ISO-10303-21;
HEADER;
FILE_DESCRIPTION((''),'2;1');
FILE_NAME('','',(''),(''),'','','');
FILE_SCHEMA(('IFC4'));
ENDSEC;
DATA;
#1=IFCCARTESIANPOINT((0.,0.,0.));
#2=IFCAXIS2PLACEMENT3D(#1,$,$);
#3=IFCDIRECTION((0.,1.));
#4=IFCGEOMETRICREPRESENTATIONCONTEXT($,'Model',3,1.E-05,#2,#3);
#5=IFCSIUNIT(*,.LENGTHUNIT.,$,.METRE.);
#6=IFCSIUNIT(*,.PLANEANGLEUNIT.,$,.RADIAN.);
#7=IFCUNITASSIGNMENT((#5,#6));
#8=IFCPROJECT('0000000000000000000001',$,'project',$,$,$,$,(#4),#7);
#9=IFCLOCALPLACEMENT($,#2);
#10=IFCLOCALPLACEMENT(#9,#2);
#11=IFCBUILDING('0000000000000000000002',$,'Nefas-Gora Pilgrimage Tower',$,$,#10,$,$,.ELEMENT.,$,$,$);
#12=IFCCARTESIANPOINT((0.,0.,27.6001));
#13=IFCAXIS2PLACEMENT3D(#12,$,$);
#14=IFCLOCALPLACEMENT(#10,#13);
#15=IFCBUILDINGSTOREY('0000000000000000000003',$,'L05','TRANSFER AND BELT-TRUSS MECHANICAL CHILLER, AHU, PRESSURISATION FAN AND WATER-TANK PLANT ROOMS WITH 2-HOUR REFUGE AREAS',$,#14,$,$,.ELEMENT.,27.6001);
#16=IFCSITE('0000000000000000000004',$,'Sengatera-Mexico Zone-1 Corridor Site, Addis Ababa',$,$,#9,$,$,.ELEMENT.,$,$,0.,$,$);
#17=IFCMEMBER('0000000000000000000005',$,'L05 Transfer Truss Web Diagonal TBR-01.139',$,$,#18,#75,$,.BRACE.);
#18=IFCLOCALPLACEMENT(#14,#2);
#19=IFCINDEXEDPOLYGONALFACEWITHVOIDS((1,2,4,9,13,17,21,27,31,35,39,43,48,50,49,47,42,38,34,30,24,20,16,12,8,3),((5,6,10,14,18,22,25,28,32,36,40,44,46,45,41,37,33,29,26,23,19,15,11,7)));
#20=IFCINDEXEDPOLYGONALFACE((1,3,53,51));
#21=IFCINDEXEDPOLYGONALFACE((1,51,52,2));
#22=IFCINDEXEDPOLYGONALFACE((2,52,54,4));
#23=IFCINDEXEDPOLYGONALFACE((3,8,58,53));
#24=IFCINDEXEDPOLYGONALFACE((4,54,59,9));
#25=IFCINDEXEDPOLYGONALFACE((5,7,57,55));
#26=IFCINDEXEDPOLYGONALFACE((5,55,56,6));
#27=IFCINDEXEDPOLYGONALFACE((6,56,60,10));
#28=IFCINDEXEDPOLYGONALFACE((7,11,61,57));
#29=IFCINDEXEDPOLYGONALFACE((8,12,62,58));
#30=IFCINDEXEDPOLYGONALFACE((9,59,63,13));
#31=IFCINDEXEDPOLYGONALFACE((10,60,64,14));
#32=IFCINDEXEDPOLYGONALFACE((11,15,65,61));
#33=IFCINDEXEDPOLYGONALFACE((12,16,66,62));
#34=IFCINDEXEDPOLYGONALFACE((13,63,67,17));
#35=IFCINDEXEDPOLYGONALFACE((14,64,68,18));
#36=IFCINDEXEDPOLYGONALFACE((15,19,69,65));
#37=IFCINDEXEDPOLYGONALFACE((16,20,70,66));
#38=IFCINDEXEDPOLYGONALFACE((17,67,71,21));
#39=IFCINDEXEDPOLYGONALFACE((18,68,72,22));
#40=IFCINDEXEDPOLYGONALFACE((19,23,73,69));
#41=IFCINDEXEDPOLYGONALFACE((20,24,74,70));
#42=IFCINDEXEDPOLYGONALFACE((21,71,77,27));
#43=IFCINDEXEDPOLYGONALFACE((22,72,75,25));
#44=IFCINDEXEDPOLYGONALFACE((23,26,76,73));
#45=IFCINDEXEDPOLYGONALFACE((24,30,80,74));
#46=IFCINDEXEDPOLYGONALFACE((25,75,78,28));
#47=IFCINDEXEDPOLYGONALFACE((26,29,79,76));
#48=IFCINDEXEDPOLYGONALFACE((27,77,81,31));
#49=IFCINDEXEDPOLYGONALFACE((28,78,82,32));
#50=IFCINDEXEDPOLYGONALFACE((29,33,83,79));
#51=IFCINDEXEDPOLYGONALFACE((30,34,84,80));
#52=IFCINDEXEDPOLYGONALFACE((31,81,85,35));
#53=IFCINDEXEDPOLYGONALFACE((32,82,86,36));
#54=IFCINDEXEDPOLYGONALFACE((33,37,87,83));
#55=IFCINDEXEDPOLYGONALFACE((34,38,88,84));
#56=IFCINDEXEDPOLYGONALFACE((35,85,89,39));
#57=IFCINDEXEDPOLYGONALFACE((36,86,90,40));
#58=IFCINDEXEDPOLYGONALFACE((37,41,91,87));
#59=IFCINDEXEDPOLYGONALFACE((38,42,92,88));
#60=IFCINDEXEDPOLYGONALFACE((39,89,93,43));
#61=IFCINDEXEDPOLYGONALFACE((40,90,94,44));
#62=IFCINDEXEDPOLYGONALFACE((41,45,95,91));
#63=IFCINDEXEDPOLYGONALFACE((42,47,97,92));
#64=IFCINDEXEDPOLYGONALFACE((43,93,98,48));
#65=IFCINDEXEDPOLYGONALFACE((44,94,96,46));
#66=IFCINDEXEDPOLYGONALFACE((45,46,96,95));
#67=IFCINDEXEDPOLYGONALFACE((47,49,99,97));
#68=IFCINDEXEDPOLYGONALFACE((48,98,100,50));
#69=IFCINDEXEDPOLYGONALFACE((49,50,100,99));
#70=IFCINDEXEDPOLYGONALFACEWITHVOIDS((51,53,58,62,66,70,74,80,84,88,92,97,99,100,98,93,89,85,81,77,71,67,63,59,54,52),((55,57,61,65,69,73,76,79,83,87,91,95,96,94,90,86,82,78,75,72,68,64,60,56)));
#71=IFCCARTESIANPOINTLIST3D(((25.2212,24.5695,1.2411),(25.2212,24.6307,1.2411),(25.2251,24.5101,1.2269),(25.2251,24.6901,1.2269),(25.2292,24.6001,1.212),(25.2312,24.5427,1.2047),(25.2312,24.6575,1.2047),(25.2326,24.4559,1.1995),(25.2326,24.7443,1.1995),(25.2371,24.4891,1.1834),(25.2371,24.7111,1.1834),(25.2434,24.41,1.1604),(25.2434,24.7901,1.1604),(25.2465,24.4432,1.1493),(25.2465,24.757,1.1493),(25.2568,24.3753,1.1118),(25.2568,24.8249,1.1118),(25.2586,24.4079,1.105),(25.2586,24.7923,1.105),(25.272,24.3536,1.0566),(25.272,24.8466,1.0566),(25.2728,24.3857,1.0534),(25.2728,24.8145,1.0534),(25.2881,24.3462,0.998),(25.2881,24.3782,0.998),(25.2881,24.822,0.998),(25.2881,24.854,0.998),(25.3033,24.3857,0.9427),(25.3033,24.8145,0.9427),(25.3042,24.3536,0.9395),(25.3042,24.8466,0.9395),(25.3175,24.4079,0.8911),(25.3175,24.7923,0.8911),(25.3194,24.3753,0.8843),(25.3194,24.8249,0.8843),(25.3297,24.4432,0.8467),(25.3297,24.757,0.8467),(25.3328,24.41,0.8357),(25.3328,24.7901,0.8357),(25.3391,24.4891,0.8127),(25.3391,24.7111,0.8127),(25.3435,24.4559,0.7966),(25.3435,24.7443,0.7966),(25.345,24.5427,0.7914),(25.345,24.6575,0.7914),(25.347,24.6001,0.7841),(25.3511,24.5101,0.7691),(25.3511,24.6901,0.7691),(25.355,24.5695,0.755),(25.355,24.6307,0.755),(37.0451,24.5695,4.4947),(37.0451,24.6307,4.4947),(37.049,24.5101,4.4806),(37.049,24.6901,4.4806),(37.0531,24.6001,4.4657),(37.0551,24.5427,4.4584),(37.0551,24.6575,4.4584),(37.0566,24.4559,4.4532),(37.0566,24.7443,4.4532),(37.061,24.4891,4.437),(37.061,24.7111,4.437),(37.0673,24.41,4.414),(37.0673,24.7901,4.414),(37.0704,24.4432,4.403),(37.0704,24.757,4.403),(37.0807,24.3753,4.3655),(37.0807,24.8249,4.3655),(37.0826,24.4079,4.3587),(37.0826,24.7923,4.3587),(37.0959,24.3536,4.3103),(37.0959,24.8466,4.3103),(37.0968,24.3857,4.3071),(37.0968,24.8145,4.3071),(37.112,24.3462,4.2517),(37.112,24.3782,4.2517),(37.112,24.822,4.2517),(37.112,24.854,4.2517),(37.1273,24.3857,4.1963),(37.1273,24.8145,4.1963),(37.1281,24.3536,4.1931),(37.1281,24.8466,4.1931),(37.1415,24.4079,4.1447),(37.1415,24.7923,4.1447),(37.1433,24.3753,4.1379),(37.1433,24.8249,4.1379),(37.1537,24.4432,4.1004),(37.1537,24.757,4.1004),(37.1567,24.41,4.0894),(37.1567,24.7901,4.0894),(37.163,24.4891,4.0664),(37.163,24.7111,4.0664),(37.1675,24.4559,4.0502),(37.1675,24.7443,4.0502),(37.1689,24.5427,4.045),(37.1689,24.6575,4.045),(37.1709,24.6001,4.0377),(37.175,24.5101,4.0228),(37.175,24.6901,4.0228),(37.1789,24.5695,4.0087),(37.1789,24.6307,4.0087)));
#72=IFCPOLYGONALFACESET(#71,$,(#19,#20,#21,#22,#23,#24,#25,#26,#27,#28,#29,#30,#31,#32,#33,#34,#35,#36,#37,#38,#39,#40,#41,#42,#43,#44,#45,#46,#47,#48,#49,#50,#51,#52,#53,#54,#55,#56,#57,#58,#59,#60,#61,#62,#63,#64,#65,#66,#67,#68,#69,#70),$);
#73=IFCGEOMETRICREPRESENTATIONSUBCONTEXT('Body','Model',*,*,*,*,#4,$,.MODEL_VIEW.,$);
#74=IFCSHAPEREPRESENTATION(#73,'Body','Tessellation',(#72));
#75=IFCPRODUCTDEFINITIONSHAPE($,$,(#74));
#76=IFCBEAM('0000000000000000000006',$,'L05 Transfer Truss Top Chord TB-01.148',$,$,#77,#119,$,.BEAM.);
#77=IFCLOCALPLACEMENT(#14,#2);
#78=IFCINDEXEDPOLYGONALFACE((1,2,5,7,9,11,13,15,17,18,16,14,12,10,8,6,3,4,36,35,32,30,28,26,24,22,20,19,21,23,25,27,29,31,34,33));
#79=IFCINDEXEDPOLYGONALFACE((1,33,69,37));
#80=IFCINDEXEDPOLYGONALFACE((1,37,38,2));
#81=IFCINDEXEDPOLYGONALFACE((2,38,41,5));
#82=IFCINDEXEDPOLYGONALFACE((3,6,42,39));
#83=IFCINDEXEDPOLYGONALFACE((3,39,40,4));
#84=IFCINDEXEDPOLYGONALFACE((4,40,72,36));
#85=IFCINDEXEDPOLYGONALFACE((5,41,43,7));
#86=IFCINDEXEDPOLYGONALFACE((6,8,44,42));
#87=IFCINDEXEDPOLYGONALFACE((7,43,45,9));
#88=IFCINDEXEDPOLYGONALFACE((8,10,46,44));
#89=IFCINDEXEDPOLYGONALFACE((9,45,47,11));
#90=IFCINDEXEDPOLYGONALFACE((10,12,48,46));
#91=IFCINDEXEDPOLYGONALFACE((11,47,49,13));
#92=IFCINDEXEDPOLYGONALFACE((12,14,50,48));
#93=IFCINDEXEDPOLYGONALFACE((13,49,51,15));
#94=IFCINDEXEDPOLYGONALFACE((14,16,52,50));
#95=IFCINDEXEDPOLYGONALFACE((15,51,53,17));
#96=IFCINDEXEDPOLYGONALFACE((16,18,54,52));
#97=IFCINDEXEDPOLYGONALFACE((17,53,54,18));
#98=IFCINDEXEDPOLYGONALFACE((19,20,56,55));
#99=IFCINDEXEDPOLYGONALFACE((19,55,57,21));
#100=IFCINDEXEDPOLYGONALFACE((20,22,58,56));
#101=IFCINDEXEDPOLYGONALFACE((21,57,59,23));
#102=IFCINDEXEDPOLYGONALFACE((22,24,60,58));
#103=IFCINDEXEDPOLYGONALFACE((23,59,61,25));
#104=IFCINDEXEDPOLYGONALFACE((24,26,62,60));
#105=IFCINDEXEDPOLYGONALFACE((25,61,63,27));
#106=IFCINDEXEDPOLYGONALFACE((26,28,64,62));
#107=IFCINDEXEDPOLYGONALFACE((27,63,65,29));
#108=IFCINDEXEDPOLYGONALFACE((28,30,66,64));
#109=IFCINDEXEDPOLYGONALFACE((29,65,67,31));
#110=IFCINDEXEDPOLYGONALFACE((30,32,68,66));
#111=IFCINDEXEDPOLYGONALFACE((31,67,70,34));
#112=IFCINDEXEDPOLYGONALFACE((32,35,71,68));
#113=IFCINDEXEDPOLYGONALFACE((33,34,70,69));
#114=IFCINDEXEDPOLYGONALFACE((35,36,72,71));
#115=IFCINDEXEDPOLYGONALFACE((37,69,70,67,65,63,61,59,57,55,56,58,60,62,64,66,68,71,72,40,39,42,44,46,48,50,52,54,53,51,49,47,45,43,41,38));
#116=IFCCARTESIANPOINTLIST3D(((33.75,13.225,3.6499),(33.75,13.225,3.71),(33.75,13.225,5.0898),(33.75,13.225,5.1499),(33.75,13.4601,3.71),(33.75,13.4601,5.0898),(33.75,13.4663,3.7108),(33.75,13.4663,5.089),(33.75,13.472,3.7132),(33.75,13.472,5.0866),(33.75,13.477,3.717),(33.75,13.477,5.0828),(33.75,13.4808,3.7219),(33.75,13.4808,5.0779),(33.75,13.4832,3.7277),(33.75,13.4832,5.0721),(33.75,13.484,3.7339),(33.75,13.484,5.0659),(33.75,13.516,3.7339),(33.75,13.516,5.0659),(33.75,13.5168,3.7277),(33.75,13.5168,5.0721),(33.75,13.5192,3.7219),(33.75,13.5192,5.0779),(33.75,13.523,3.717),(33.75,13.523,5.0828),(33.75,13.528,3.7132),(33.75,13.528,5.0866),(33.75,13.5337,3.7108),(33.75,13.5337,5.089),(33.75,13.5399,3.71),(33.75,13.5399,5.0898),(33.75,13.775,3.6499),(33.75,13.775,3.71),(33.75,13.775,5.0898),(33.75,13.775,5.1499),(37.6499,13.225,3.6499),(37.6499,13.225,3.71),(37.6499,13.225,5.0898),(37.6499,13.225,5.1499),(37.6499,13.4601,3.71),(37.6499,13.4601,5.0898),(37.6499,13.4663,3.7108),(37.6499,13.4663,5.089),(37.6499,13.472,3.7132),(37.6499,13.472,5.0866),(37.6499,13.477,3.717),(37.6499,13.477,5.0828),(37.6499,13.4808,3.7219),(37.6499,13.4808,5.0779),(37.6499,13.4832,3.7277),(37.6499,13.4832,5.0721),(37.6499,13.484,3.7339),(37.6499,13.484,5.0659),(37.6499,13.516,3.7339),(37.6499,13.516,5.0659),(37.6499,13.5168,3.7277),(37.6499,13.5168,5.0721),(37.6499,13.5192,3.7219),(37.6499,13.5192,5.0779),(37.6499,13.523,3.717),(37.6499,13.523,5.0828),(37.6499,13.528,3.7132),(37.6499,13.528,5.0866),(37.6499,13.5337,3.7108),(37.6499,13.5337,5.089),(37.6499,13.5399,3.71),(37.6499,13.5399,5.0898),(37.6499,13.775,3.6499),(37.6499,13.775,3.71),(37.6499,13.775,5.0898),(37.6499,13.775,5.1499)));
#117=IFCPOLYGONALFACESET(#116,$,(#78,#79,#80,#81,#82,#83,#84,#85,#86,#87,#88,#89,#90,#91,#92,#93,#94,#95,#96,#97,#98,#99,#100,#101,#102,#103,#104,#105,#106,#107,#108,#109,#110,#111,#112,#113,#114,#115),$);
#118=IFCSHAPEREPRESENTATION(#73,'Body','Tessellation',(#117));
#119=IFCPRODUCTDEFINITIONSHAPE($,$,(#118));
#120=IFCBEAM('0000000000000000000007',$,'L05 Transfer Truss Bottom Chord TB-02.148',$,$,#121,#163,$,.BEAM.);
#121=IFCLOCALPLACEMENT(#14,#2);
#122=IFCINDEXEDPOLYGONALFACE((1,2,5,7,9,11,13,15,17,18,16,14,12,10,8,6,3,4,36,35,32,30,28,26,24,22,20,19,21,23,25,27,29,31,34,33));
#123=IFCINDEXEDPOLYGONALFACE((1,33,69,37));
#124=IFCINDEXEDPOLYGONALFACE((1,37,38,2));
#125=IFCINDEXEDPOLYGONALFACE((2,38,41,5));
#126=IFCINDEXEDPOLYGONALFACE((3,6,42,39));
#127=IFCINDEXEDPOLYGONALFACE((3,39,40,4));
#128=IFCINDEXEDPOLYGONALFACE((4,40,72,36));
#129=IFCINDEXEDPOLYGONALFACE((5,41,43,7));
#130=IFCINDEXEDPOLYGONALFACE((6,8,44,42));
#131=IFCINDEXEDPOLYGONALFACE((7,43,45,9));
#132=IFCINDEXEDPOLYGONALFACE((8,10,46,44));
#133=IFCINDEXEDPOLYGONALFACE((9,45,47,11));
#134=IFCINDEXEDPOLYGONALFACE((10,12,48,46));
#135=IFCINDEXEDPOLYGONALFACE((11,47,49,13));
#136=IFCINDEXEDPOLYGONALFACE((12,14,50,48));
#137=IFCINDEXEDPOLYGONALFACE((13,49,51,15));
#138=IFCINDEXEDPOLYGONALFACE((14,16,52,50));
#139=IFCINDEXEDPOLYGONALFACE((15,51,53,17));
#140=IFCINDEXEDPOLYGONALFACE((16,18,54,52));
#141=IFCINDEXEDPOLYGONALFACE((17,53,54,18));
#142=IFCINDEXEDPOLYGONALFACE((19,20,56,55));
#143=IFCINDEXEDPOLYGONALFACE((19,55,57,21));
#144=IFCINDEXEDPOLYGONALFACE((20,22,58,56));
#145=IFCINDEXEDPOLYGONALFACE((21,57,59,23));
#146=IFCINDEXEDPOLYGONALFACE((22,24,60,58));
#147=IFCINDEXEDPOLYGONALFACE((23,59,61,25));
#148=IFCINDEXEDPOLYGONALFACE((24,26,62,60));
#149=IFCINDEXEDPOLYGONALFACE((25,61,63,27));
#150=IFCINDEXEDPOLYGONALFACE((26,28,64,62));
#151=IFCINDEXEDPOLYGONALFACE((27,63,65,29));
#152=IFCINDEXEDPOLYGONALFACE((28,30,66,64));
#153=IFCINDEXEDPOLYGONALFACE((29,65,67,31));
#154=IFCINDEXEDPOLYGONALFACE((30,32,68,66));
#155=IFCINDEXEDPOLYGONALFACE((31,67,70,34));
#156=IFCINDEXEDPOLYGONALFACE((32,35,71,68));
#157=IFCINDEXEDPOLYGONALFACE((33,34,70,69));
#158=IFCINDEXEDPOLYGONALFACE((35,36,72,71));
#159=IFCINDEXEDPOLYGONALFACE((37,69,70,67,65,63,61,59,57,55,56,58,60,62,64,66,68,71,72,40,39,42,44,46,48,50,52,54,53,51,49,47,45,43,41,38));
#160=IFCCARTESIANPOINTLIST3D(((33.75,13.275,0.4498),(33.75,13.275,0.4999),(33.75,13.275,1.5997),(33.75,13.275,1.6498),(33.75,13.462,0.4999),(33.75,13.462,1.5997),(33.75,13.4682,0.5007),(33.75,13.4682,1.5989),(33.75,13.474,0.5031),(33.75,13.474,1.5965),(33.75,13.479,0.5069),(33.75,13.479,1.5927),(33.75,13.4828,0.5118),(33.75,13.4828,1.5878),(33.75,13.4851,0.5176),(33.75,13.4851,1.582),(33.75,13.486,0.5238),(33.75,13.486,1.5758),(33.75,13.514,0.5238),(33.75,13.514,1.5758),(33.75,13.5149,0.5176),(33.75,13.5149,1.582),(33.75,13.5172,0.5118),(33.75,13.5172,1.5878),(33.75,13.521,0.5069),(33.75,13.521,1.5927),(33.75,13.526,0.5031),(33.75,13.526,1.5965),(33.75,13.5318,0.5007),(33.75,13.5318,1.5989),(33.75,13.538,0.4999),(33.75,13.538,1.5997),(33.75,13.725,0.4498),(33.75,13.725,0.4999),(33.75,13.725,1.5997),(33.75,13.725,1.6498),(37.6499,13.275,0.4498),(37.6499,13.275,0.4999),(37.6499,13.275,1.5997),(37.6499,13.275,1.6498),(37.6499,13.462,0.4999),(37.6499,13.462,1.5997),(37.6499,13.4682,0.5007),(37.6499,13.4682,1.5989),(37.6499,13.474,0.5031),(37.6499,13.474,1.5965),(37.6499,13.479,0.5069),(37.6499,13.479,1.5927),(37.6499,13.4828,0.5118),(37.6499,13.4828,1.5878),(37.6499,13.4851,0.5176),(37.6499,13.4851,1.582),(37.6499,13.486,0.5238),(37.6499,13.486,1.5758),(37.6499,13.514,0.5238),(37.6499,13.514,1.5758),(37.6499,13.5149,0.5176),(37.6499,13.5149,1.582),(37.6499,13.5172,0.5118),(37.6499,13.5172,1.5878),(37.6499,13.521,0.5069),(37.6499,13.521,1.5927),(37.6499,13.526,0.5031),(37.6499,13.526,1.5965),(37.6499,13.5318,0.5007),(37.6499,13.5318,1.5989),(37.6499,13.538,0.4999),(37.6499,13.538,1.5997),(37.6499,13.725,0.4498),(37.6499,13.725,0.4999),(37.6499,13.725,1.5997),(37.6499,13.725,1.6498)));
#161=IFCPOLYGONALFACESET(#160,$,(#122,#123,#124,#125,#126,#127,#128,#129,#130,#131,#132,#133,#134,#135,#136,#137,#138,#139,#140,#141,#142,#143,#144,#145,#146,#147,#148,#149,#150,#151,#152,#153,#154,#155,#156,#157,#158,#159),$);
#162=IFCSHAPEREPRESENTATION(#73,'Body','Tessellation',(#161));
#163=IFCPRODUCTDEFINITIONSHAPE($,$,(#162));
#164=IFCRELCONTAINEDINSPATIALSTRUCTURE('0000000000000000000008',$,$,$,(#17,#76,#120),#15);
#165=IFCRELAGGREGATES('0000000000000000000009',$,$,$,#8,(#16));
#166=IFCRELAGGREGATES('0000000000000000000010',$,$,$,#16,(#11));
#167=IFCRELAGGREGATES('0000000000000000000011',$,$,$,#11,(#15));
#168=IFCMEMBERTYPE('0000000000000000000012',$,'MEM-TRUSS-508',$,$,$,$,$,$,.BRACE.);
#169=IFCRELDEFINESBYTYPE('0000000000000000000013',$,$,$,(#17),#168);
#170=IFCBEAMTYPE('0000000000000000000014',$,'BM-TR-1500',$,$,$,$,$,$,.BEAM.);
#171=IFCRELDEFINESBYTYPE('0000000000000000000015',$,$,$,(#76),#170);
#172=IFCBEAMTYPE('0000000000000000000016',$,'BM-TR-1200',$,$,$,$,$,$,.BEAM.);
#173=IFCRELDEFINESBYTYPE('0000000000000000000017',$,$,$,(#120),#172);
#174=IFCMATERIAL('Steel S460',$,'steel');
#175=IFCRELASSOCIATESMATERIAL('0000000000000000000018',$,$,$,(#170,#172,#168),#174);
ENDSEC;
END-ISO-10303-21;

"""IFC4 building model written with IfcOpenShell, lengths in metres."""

from ifc_helpers import new_model, si_unit, direction, frame, origin, origin_2d, place, context, subcontext, project, spatial, hollow_circle, i_section, extrude, source, transform, mapped, material, material_profile, profile_set, type_object, element, save


model = new_model("IFC4")

# Units and contexts
model_context = context("Model", 3, precision=1e-05, world=origin(), true_north=direction((0.0, 1.0)))
body_context = subcontext(model_context, "Body", "Model", "MODEL_VIEW")
ifc_project = project(units=[si_unit("LENGTHUNIT", "METRE"), si_unit("PLANEANGLEUNIT", "RADIAN")], contexts=[model_context])

# Site, building, storey
site_placement = place(None, origin())
site = spatial("IfcSite", under=ifc_project, at=site_placement, Name="Sengatera-Mexico Zone-1 Corridor Site, Addis Ababa", CompositionType="ELEMENT", RefElevation=0.0)
building_placement = place(site_placement, origin())
building = spatial("IfcBuilding", under=site, at=building_placement, Name="Nefas-Gora Pilgrimage Tower", CompositionType="ELEMENT")
storey_placement = place(building_placement, frame((0.0, 0.0, 27.6001)))
storey = spatial("IfcBuildingStorey", under=building, at=storey_placement, Name="L05", Description="TRANSFER AND BELT-TRUSS MECHANICAL CHILLER, AHU, PRESSURISATION FAN AND WATER-TANK PLANT ROOMS WITH 2-HOUR REFUGE AREAS", CompositionType="ELEMENT", Elevation=27.6001)

# Shared definitions
ifc_material_1 = material(Name="Steel S460", Category="steel")

# Shared definitions
ifc_material_profile_1 = material_profile(ifc_material_1, i_section(OverallWidth=0.55, OverallDepth=1.5, WebThickness=0.032, FlangeThickness=0.0601, FilletRadius=0.0239, at=origin_2d()), Name="WPG 1500x550x32x60")
ifc_profile_set_1 = profile_set([ifc_material_profile_1], Name="Steel S460")
beam_type_1 = type_object("IfcBeamType", Name="BM-TR-1500", PredefinedType="BEAM", material=ifc_profile_set_1)
ifc_material_profile_2 = material_profile(ifc_material_1, i_section(OverallWidth=0.45, OverallDepth=1.2, WebThickness=0.0281, FlangeThickness=0.05, FilletRadius=0.0239, at=origin_2d()), Name="WPG 1200x450x28x50")
ifc_profile_set_2 = profile_set([ifc_material_profile_2], Name="Steel S460")
beam_type_2 = type_object("IfcBeamType", Name="BM-TR-1200", PredefinedType="BEAM", material=ifc_profile_set_2)

# Shared definitions
ifc_material_profile_3 = material_profile(ifc_material_1, hollow_circle(Radius=0.2539, WallThickness=0.032, at=origin_2d()), Name="CHS 508x32")
ifc_profile_set_3 = profile_set([ifc_material_profile_3], Name="Steel S460")
member_type = type_object("IfcMemberType", Name="MEM-TRUSS-508", PredefinedType="BRACE", material=ifc_profile_set_3)

# Member
shared_shape_1 = source(origin(), body_context, "Body", "SweptSolid", [
    extrude(hollow_circle(Radius=0.2539, WallThickness=0.032, at=origin_2d()), origin(), (0.0, 0.0, 1.0), 12.2634),
])
member_1_placement = place(storey_placement, frame((25.2881, 24.6001, 0.998), z_axis=(0.964162, 0.0, 0.265313), x_axis=(0.0, 1.0, 0.0)))
element("IfcMember", 1, at=member_1_placement, inside=storey, type_object=member_type, Name="L05 Transfer Truss Web Diagonal TBR-01.139", PredefinedType="BRACE", context=body_context, shape_type="MappedRepresentation", body=[
    mapped(shared_shape_1, transform((0.0, 0.0, 0.0), x_axis=(1.0, 0.0, 0.0), y_axis=(0.0, 1.0, 0.0), z_axis=(0.0, 0.0, 1.0), scale=1.0)),
])

# Beams
shared_shape_2 = source(origin(), body_context, "Body", "SweptSolid", [
    extrude(i_section(OverallWidth=0.55, OverallDepth=1.5, WebThickness=0.032, FlangeThickness=0.0601, FilletRadius=0.0239, at=origin_2d()), origin(), (0.0, 0.0, 1.0), 3.8999),
])
beam_1_placement = place(storey_placement, frame((33.75, 13.5, 4.3999), z_axis=(1.0, 0.0, 0.0), x_axis=(0.0, 1.0, 0.0)))
element("IfcBeam", 2, at=beam_1_placement, inside=storey, type_object=beam_type_1, Name="L05 Transfer Truss Top Chord TB-01.148", PredefinedType="BEAM", context=body_context, shape_type="MappedRepresentation", body=[
    mapped(shared_shape_2, transform((0.0, 0.0, 0.0), x_axis=(1.0, 0.0, 0.0), y_axis=(0.0, 1.0, 0.0), z_axis=(0.0, 0.0, 1.0), scale=1.0)),
])
shared_shape_3 = source(origin(), body_context, "Body", "SweptSolid", [
    extrude(i_section(OverallWidth=0.45, OverallDepth=1.2, WebThickness=0.0281, FlangeThickness=0.05, FilletRadius=0.0239, at=origin_2d()), origin(), (0.0, 0.0, 1.0), 3.8999),
])
beam_2_placement = place(storey_placement, frame((33.75, 13.5, 1.0498), z_axis=(1.0, 0.0, 0.0), x_axis=(0.0, 1.0, 0.0)))
element("IfcBeam", 3, at=beam_2_placement, inside=storey, type_object=beam_type_2, Name="L05 Transfer Truss Bottom Chord TB-02.148", PredefinedType="BEAM", context=body_context, shape_type="MappedRepresentation", body=[
    mapped(shared_shape_3, transform((0.0, 0.0, 0.0), x_axis=(1.0, 0.0, 0.0), y_axis=(0.0, 1.0, 0.0), z_axis=(0.0, 0.0, 1.0), scale=1.0)),
])

save(model, "model.ifc")
